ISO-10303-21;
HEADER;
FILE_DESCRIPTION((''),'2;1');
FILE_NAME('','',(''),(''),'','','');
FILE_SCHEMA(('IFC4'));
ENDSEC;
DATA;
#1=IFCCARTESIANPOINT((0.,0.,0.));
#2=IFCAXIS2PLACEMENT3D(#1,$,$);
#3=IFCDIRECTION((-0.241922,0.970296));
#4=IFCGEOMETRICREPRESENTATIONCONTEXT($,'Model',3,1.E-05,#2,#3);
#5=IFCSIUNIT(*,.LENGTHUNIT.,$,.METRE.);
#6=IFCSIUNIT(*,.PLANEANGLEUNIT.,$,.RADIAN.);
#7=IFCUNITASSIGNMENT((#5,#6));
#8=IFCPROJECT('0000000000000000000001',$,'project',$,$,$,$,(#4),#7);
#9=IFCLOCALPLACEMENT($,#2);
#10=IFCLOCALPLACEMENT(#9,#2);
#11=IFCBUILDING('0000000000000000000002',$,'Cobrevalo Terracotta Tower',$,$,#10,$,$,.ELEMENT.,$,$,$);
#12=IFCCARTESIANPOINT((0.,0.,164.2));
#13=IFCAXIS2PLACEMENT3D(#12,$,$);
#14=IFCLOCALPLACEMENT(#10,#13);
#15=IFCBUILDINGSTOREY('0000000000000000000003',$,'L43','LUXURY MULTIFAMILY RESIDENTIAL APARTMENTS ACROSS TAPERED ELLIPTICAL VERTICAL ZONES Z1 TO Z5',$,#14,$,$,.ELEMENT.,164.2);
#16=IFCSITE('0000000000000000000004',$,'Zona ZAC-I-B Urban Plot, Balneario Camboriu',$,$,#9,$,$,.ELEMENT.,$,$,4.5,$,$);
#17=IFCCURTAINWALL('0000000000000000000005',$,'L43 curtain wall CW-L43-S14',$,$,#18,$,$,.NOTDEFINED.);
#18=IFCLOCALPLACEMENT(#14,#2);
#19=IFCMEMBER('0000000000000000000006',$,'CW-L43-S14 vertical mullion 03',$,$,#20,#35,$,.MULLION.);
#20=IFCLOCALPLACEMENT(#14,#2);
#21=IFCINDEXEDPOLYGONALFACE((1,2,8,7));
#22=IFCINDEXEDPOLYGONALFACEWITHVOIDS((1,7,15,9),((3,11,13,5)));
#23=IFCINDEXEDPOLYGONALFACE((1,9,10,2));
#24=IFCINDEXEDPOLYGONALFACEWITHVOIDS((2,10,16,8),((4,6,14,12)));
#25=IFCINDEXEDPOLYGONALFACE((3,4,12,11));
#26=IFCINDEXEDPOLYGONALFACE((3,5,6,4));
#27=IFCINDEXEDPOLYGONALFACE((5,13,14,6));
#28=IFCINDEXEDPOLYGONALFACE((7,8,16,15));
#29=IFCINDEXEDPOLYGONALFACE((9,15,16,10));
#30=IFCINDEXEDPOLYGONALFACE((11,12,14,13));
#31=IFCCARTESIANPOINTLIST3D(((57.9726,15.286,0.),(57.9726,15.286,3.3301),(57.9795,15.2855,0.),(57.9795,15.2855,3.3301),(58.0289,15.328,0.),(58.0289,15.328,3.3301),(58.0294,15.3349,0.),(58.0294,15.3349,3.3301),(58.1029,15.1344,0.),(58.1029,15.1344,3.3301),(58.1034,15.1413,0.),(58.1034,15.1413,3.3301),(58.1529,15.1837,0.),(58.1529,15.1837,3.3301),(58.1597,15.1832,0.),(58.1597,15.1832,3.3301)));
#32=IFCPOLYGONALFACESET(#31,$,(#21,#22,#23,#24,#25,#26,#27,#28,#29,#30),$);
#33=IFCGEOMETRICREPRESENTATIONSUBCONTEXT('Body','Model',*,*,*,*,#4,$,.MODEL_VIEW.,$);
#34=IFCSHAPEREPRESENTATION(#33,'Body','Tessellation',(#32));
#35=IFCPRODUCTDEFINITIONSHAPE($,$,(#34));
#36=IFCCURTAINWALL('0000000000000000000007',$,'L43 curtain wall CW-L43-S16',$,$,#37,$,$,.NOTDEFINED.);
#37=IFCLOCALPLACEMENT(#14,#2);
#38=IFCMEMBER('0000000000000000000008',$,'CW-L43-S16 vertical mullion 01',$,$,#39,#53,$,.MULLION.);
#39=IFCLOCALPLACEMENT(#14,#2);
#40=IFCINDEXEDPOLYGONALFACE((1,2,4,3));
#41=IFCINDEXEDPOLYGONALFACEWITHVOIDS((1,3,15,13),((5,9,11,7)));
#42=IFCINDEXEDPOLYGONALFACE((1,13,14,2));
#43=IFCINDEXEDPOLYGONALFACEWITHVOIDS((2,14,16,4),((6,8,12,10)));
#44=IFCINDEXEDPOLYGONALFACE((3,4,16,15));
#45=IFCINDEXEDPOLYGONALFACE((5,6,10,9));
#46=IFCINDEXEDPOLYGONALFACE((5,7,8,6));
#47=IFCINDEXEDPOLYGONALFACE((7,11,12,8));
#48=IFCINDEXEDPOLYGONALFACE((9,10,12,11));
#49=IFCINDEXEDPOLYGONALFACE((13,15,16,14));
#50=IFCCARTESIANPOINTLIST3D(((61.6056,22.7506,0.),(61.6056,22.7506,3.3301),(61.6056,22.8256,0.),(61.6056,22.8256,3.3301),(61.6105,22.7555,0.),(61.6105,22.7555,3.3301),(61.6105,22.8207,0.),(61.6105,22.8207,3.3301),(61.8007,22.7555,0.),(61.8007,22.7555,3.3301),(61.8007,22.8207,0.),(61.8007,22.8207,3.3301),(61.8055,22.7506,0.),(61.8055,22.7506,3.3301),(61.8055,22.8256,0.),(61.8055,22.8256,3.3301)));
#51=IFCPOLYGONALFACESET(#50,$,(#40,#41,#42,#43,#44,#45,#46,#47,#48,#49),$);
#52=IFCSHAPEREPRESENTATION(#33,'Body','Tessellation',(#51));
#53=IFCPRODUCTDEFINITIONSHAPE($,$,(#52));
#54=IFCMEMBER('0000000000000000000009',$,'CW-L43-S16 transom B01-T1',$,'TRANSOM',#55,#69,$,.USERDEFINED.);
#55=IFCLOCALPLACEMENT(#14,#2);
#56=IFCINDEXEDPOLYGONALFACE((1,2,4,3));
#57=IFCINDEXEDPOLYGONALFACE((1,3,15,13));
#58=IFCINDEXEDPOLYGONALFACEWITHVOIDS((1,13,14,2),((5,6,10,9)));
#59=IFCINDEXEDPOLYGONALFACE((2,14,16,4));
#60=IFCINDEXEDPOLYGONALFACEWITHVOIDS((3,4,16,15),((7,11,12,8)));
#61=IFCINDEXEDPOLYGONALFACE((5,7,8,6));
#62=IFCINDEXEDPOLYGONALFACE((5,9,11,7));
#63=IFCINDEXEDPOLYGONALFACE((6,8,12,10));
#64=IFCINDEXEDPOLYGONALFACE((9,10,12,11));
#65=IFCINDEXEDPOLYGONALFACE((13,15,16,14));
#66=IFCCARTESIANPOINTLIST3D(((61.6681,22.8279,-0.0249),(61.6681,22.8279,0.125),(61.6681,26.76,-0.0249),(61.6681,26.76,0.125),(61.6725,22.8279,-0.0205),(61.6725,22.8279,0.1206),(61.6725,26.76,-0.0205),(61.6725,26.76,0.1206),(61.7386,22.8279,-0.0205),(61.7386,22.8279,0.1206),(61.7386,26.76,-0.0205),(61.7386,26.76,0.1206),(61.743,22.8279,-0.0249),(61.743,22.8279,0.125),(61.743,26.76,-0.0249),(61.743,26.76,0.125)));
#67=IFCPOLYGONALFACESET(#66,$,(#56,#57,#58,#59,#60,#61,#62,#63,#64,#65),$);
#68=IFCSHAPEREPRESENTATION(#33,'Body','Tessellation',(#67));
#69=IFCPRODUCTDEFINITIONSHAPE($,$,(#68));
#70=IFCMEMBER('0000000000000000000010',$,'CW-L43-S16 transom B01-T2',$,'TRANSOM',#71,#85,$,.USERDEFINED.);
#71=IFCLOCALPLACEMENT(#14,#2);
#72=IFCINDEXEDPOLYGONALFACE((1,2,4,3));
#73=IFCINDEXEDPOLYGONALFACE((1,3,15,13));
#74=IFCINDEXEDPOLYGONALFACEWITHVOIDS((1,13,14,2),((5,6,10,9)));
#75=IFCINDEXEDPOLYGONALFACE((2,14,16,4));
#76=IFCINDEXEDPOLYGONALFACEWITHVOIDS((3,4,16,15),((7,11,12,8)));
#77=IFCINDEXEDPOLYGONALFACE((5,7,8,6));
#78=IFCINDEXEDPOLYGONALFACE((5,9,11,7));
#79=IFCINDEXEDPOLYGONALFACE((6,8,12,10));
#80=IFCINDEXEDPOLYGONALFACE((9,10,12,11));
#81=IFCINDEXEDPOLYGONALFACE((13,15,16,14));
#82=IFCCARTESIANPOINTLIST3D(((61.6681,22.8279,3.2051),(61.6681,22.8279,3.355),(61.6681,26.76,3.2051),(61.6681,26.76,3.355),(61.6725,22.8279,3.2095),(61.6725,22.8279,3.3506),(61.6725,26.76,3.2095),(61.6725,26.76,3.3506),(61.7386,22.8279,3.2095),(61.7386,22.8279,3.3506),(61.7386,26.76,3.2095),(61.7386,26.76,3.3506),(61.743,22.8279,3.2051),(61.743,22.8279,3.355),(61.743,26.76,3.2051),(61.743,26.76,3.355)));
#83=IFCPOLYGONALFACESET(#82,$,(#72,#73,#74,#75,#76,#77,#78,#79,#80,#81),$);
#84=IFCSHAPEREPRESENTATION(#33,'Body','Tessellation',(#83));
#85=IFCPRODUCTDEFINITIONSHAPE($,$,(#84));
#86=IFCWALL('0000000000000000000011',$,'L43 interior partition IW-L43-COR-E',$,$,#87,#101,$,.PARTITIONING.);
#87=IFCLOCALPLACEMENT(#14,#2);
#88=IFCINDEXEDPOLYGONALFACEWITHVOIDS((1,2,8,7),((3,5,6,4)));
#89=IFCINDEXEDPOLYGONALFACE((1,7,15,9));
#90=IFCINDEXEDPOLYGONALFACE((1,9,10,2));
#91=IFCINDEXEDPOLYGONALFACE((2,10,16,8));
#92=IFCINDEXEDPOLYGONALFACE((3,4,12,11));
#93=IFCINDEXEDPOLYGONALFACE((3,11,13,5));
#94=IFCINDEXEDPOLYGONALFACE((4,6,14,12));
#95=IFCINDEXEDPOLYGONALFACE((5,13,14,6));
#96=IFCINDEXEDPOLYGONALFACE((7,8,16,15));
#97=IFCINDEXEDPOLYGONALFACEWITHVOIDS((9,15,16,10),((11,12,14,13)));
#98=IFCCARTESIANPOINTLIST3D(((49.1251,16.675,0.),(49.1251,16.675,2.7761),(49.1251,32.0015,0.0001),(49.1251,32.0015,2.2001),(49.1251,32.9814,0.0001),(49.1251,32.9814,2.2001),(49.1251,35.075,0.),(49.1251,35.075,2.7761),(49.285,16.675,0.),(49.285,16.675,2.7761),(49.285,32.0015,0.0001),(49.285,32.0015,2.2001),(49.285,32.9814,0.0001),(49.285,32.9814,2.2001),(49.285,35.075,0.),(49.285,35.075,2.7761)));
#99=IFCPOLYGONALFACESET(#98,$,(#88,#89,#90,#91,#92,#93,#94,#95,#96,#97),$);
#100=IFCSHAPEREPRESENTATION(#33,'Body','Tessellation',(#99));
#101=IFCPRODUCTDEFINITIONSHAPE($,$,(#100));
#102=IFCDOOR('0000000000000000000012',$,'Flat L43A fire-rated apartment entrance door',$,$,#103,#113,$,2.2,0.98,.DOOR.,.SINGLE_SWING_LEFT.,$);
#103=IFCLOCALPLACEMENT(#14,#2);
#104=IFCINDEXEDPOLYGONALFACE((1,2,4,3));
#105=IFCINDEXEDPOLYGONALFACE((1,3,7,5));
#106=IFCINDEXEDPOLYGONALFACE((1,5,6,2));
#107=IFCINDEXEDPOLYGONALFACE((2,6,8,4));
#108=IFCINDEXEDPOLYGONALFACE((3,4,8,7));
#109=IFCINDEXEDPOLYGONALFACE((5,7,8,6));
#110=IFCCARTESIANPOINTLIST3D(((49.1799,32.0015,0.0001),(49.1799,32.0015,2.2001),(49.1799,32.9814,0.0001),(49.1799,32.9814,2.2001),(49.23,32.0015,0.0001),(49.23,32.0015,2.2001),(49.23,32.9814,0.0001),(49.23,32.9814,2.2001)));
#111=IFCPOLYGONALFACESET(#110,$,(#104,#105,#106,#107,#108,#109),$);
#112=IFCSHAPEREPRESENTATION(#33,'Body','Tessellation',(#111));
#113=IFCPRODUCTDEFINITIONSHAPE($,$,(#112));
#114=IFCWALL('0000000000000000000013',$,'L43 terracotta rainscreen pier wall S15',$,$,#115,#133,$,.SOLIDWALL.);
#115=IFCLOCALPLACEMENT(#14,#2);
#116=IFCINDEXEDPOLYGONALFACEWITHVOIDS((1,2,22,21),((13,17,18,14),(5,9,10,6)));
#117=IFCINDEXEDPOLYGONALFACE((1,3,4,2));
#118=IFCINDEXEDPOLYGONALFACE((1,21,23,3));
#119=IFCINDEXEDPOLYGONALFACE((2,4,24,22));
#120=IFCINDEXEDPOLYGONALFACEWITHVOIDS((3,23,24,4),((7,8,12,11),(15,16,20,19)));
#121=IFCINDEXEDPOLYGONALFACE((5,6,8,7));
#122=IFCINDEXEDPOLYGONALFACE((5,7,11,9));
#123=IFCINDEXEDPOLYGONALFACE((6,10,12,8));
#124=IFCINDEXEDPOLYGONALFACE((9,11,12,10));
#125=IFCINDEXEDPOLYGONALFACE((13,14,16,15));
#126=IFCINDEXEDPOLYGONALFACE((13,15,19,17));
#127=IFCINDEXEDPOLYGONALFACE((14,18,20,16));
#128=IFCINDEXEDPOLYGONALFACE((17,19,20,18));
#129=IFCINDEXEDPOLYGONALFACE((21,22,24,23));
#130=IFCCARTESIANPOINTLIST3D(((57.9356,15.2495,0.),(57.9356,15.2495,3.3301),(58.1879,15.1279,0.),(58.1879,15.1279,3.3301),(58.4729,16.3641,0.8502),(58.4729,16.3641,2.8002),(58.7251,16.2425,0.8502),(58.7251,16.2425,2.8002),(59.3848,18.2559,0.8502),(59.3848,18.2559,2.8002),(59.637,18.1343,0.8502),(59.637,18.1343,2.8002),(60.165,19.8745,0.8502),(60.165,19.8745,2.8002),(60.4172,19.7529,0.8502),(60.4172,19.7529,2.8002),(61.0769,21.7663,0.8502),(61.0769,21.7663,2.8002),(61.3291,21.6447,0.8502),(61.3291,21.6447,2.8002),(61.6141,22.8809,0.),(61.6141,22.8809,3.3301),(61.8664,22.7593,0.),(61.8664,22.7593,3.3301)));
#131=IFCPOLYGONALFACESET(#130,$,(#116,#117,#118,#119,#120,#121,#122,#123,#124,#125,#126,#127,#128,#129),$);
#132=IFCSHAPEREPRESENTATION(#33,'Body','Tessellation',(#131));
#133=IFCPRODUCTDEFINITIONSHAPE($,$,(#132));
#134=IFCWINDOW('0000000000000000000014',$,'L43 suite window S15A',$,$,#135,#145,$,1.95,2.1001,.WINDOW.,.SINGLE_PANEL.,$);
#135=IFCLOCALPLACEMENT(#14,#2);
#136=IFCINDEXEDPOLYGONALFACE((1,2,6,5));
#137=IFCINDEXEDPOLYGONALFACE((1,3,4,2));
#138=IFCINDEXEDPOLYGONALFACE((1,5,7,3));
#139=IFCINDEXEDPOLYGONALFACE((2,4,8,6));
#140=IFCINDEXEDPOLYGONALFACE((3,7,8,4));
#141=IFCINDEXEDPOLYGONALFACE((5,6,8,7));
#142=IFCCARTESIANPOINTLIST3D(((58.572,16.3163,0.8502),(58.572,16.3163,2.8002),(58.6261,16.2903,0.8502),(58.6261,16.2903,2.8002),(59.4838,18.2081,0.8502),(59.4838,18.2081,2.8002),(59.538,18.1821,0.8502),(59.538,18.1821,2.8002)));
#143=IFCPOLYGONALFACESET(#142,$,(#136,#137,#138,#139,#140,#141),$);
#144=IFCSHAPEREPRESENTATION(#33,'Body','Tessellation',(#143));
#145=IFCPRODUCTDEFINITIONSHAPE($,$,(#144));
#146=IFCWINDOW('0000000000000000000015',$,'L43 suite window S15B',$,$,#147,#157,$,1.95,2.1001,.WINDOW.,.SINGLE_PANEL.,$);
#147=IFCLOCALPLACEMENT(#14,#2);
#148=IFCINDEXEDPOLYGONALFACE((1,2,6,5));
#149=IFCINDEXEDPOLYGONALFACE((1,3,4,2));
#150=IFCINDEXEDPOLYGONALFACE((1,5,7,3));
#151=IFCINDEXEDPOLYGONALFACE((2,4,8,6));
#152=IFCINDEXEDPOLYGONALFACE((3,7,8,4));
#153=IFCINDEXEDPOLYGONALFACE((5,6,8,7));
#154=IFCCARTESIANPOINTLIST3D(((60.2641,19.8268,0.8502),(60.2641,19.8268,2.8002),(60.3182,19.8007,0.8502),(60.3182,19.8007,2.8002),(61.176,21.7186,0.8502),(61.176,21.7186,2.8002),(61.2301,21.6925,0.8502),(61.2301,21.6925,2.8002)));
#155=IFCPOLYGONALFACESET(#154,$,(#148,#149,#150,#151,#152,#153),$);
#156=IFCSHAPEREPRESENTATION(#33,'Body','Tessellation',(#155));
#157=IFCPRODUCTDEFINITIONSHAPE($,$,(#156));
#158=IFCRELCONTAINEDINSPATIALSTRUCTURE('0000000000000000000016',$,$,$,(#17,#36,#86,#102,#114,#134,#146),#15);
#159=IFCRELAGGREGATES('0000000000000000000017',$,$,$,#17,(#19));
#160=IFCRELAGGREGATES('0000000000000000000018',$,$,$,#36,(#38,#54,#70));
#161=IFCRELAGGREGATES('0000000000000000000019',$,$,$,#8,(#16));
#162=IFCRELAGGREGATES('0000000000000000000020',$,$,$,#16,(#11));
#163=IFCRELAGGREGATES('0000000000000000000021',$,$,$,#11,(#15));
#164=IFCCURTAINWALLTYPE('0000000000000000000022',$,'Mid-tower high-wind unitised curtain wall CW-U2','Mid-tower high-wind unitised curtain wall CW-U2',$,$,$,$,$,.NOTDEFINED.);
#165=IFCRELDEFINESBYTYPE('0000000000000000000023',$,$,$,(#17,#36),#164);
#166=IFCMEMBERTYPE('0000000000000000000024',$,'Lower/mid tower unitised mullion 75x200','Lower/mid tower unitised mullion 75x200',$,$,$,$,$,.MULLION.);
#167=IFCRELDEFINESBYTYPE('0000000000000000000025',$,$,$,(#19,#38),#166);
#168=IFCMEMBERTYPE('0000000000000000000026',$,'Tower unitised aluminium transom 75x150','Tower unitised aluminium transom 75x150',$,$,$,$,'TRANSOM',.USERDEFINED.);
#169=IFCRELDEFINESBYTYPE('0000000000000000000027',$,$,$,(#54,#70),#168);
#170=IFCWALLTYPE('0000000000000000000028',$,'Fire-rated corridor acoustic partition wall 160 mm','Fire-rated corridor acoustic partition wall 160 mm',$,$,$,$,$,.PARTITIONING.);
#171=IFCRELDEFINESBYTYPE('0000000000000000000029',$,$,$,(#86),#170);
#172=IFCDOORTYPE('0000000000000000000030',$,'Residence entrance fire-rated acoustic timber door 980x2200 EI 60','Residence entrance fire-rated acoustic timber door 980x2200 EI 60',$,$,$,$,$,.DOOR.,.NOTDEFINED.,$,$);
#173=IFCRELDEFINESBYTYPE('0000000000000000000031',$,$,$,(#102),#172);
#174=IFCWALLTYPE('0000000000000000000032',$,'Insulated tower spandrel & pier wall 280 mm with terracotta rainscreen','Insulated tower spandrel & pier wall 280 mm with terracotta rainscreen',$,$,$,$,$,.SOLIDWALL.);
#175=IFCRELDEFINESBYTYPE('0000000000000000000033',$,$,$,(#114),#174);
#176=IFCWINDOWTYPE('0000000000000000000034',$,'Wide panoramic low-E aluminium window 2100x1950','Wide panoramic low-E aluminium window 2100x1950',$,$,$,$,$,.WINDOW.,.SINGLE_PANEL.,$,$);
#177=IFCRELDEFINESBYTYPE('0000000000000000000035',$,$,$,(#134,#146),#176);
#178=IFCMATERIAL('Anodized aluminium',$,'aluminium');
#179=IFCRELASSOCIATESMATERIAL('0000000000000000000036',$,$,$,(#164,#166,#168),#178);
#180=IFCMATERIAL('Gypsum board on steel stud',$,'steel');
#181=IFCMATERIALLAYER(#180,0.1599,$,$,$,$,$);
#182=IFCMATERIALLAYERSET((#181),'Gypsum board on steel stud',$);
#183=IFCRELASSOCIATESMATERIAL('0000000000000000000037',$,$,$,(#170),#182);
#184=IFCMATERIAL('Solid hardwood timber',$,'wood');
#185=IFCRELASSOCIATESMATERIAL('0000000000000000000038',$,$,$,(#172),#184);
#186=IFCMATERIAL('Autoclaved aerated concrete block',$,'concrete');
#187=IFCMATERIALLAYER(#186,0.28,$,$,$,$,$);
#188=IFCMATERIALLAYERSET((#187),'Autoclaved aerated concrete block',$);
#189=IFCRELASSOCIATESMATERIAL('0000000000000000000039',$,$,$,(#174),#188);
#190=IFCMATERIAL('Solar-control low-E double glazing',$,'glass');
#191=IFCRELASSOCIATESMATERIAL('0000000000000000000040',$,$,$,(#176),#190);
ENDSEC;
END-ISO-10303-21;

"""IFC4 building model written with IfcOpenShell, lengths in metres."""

from ifc_helpers import new_model, si_unit, direction, frame, frame_2d, origin, origin_2d, place, context, subcontext, project, spatial, rectangle, hollow_rectangle, extrude, source, transform, mapped, material, layer, layer_set, material_profile, profile_set, type_object, element, fill, aggregate, save


model = new_model("IFC4")

# Units and contexts
model_context = context("Model", 3, precision=1e-05, world=origin(), true_north=direction((-0.241922, 0.970296)))
body_context = subcontext(model_context, "Body", "Model", "MODEL_VIEW")
ifc_project = project(units=[si_unit("LENGTHUNIT", "METRE"), si_unit("PLANEANGLEUNIT", "RADIAN")], contexts=[model_context])

# Site, building, storey
site_placement = place(None, origin())
site = spatial("IfcSite", under=ifc_project, at=site_placement, Name="Zona ZAC-I-B Urban Plot, Balneario Camboriu", CompositionType="ELEMENT", RefElevation=4.5)
building_placement = place(site_placement, origin())
building = spatial("IfcBuilding", under=site, at=building_placement, Name="Cobrevalo Terracotta Tower", CompositionType="ELEMENT")
storey_placement = place(building_placement, frame((0.0, 0.0, 164.2)))
storey = spatial("IfcBuildingStorey", under=building, at=storey_placement, Name="L43", Description="LUXURY MULTIFAMILY RESIDENTIAL APARTMENTS ACROSS TAPERED ELLIPTICAL VERTICAL ZONES Z1 TO Z5", CompositionType="ELEMENT", Elevation=164.2)

# Curtain wall, member
ifc_material_1 = material(Name="Anodized aluminium", Category="aluminium")
curtain_wall_type = type_object("IfcCurtainWallType", Name="Mid-tower high-wind unitised curtain wall CW-U2", Description="Mid-tower high-wind unitised curtain wall CW-U2", PredefinedType="NOTDEFINED", material=ifc_material_1)
curtain_wall_1_placement = place(storey_placement, origin())
curtain_wall_1 = element("IfcCurtainWall", 1, at=curtain_wall_1_placement, inside=storey, type_object=curtain_wall_type, Name="L43 curtain wall CW-L43-S14", PredefinedType="NOTDEFINED")
ifc_material_profile_1 = material_profile(ifc_material_1, hollow_rectangle(XDim=0.075, YDim=0.2, WallThickness=0.0049, at=origin_2d()), Name="CWM 75x200")
ifc_profile_set_1 = profile_set([ifc_material_profile_1], Name="Anodized aluminium")
member_type_1 = type_object("IfcMemberType", Name="Lower/mid tower unitised mullion 75x200", Description="Lower/mid tower unitised mullion 75x200", PredefinedType="MULLION", material=ifc_profile_set_1)
shared_shape_1 = source(origin(), body_context, "Body", "SweptSolid", [
    extrude(hollow_rectangle(XDim=0.075, YDim=0.2, WallThickness=0.0049, at=origin_2d()), origin(), (0.0, 0.0, 1.0), 3.3301),
])
member_1_placement = place(storey_placement, frame((58.0662, 15.2346, 0.0), z_axis=(0.0, 0.0, 1.0), x_axis=(0.758442, 0.651741, 0.0)))
member_1 = element("IfcMember", 2, at=member_1_placement, type_object=member_type_1, Name="CW-L43-S14 vertical mullion 03", PredefinedType="MULLION", context=body_context, shape_type="MappedRepresentation", body=[
    mapped(shared_shape_1, transform((0.0, 0.0, 0.0), scale=1.0)),
])
aggregate(curtain_wall_1, [member_1])

# Curtain wall, members
curtain_wall_2_placement = place(storey_placement, origin())
curtain_wall_2 = element("IfcCurtainWall", 3, at=curtain_wall_2_placement, inside=storey, type_object=curtain_wall_type, Name="L43 curtain wall CW-L43-S16", PredefinedType="NOTDEFINED")
member_2_placement = place(storey_placement, frame((61.7056, 22.7881, 0.0), z_axis=(0.0, 0.0, 1.0), x_axis=(0.0, 1.0, 0.0)))
member_2 = element("IfcMember", 4, at=member_2_placement, type_object=member_type_1, Name="CW-L43-S16 vertical mullion 01", PredefinedType="MULLION", context=body_context, shape_type="MappedRepresentation", body=[
    mapped(shared_shape_1, transform((0.0, 0.0, 0.0), scale=1.0)),
])
ifc_material_profile_2 = material_profile(ifc_material_1, hollow_rectangle(XDim=0.075, YDim=0.1499, WallThickness=0.0044, at=origin_2d()), Name="CWT 75x150")
ifc_profile_set_2 = profile_set([ifc_material_profile_2], Name="Anodized aluminium")
member_type_2 = type_object("IfcMemberType", Name="Tower unitised aluminium transom 75x150", Description="Tower unitised aluminium transom 75x150", ElementType="TRANSOM", PredefinedType="USERDEFINED", material=ifc_profile_set_2)
shared_shape_2 = source(origin(), body_context, "Body", "SweptSolid", [
    extrude(hollow_rectangle(XDim=0.075, YDim=0.1499, WallThickness=0.0044, at=origin_2d()), origin(), (0.0, 0.0, 1.0), 3.9321),
])
member_3_placement = place(storey_placement, frame((61.7056, 22.8279, 0.05), z_axis=(0.0, 1.0, 0.0), x_axis=(-1.0, 0.0, 0.0)))
member_3 = element("IfcMember", 5, at=member_3_placement, type_object=member_type_2, Name="CW-L43-S16 transom B01-T1", ObjectType="TRANSOM", PredefinedType="USERDEFINED", context=body_context, shape_type="MappedRepresentation", body=[
    mapped(shared_shape_2, transform((0.0, 0.0, 0.0), scale=1.0)),
])
member_4_placement = place(storey_placement, frame((61.7056, 22.8279, 3.28), z_axis=(0.0, 1.0, 0.0), x_axis=(-1.0, 0.0, 0.0)))
member_4 = element("IfcMember", 6, at=member_4_placement, type_object=member_type_2, Name="CW-L43-S16 transom B01-T2", ObjectType="TRANSOM", PredefinedType="USERDEFINED", context=body_context, shape_type="MappedRepresentation", body=[
    mapped(shared_shape_2, transform((0.0, 0.0, 0.0), scale=1.0)),
])
aggregate(curtain_wall_2, [member_2, member_3, member_4])

# Wall, opening, door
ifc_material_2 = material(Name="Gypsum board on steel stud", Category="steel")
ifc_layer_1 = layer(ifc_material_2, 0.1599)
ifc_layer_set_1 = layer_set([ifc_layer_1], Name="Gypsum board on steel stud")
wall_type_1 = type_object("IfcWallType", Name="Fire-rated corridor acoustic partition wall 160 mm", Description="Fire-rated corridor acoustic partition wall 160 mm", PredefinedType="PARTITIONING", material=ifc_layer_set_1)
wall_1_placement = place(storey_placement, frame((49.2051, 16.675, 0.0), z_axis=(0.0, 0.0, 1.0), x_axis=(0.0, 1.0, 0.0)))
wall_1 = element("IfcWall", 7, at=wall_1_placement, inside=storey, type_object=wall_type_1, Name="L43 interior partition IW-L43-COR-E", PredefinedType="PARTITIONING", context=body_context, shape_type="SweptSolid", body=[
    extrude(rectangle(XDim=18.3999, YDim=0.1599, at=frame_2d((9.2, 0.0))), origin(), (0.0, 0.0, 1.0), 2.7761),
])
opening_1_placement = place(wall_1_placement, frame((15.3264, 0.0, 0.0)))
opening_1 = element("IfcOpeningElement", 8, at=opening_1_placement, cuts=wall_1, PredefinedType="OPENING", context=body_context, shape_type="SweptSolid", body=[
    extrude(rectangle(XDim=0.98, YDim=2.2, at=frame_2d((0.49, 1.1001))), frame((0.0, 0.0898, 0.0), z_axis=(0.0, -1.0, 0.0), x_axis=(1.0, 0.0, 0.0)), (0.0, 0.0, 1.0), 0.1799),
])
ifc_material_3 = material(Name="Solid hardwood timber", Category="wood")
door_type_1 = type_object("IfcDoorType", Name="Residence entrance fire-rated acoustic timber door 980x2200 EI 60", Description="Residence entrance fire-rated acoustic timber door 980x2200 EI 60", OperationType="NOTDEFINED", PredefinedType="DOOR", material=ifc_material_3)
shared_shape_3 = source(origin(), body_context, "Body", "SweptSolid", [
    extrude(rectangle(XDim=0.98, YDim=2.2, at=frame_2d((0.49, 1.1001))), frame((0.0, 0.0249, 0.0), z_axis=(0.0, -1.0, 0.0), x_axis=(1.0, 0.0, 0.0)), (0.0, 0.0, 1.0), 0.05),
])
door_1_placement = place(opening_1_placement, frame((0.98, 0.0, 0.0), z_axis=(0.0, 0.0, 1.0), x_axis=(-1.0, 0.0, 0.0)))
door_1 = element("IfcDoor", 9, at=door_1_placement, inside=storey, type_object=door_type_1, Name="Flat L43A fire-rated apartment entrance door", OperationType="SINGLE_SWING_LEFT", OverallHeight=2.2, OverallWidth=0.98, PredefinedType="DOOR", context=body_context, shape_type="MappedRepresentation", body=[
    mapped(shared_shape_3, transform((0.0, 0.0, 0.0), scale=1.0)),
])
fill(opening_1, door_1)

# Wall, openings, windows
ifc_material_4 = material(Name="Autoclaved aerated concrete block", Category="concrete")
ifc_layer_2 = layer(ifc_material_4, 0.28)
ifc_layer_set_2 = layer_set([ifc_layer_2], Name="Autoclaved aerated concrete block")
wall_type_2 = type_object("IfcWallType", Name="Insulated tower spandrel & pier wall 280 mm with terracotta rainscreen", Description="Insulated tower spandrel & pier wall 280 mm with terracotta rainscreen", PredefinedType="SOLIDWALL", material=ifc_layer_set_2)
wall_2_placement = place(storey_placement, frame((58.0618, 15.1887, 0.0), z_axis=(0.0, 0.0, 1.0), x_axis=(0.43421, 0.900812, 0.0)))
wall_2 = element("IfcWall", 10, at=wall_2_placement, inside=storey, type_object=wall_type_2, Name="L43 terracotta rainscreen pier wall S15", PredefinedType="SOLIDWALL", context=body_context, shape_type="SweptSolid", body=[
    extrude(rectangle(XDim=8.4717, YDim=0.28, at=frame_2d((4.2358, 0.0))), origin(), (0.0, 0.0, 1.0), 3.3301),
])
opening_2_placement = place(wall_2_placement, frame((1.2373, 0.0, 0.8501)))
opening_2 = element("IfcOpeningElement", 11, at=opening_2_placement, cuts=wall_2, PredefinedType="OPENING", context=body_context, shape_type="SweptSolid", body=[
    extrude(rectangle(XDim=2.1001, YDim=1.95, at=frame_2d((1.05, 0.9751))), frame((0.0, 0.1499, 0.0), z_axis=(0.0, -1.0, 0.0), x_axis=(1.0, 0.0, 0.0)), (0.0, 0.0, 1.0), 0.3),
])
opening_3_placement = place(wall_2_placement, frame((5.1343, 0.0, 0.8501)))
opening_3 = element("IfcOpeningElement", 12, at=opening_3_placement, cuts=wall_2, PredefinedType="OPENING", context=body_context, shape_type="SweptSolid", body=[
    extrude(rectangle(XDim=2.1001, YDim=1.95, at=frame_2d((1.05, 0.9751))), frame((0.0, 0.1499, 0.0), z_axis=(0.0, -1.0, 0.0), x_axis=(1.0, 0.0, 0.0)), (0.0, 0.0, 1.0), 0.3),
])
ifc_material_5 = material(Name="Solar-control low-E double glazing", Category="glass")
window_type = type_object("IfcWindowType", Name="Wide panoramic low-E aluminium window 2100x1950", Description="Wide panoramic low-E aluminium window 2100x1950", PartitioningType="SINGLE_PANEL", PredefinedType="WINDOW", material=ifc_material_5)
shared_shape_4 = source(origin(), body_context, "Body", "SweptSolid", [
    extrude(rectangle(XDim=2.1001, YDim=1.95, at=frame_2d((1.05, 0.9751))), frame((0.0, 0.03, 0.0), z_axis=(0.0, -1.0, 0.0), x_axis=(1.0, 0.0, 0.0)), (0.0, 0.0, 1.0), 0.0601),
])
window_1_placement = place(opening_2_placement, origin())
window_1 = element("IfcWindow", 13, at=window_1_placement, inside=storey, type_object=window_type, Name="L43 suite window S15A", OverallHeight=1.95, OverallWidth=2.1001, PartitioningType="SINGLE_PANEL", PredefinedType="WINDOW", context=body_context, shape_type="MappedRepresentation", body=[
    mapped(shared_shape_4, transform((0.0, 0.0, 0.0), scale=1.0)),
])
fill(opening_2, window_1)
window_2_placement = place(opening_3_placement, origin())
window_2 = element("IfcWindow", 14, at=window_2_placement, inside=storey, type_object=window_type, Name="L43 suite window S15B", OverallHeight=1.95, OverallWidth=2.1001, PartitioningType="SINGLE_PANEL", PredefinedType="WINDOW", context=body_context, shape_type="MappedRepresentation", body=[
    mapped(shared_shape_4, transform((0.0, 0.0, 0.0), scale=1.0)),
])
fill(opening_3, window_2)

save(model, "model.ifc")
